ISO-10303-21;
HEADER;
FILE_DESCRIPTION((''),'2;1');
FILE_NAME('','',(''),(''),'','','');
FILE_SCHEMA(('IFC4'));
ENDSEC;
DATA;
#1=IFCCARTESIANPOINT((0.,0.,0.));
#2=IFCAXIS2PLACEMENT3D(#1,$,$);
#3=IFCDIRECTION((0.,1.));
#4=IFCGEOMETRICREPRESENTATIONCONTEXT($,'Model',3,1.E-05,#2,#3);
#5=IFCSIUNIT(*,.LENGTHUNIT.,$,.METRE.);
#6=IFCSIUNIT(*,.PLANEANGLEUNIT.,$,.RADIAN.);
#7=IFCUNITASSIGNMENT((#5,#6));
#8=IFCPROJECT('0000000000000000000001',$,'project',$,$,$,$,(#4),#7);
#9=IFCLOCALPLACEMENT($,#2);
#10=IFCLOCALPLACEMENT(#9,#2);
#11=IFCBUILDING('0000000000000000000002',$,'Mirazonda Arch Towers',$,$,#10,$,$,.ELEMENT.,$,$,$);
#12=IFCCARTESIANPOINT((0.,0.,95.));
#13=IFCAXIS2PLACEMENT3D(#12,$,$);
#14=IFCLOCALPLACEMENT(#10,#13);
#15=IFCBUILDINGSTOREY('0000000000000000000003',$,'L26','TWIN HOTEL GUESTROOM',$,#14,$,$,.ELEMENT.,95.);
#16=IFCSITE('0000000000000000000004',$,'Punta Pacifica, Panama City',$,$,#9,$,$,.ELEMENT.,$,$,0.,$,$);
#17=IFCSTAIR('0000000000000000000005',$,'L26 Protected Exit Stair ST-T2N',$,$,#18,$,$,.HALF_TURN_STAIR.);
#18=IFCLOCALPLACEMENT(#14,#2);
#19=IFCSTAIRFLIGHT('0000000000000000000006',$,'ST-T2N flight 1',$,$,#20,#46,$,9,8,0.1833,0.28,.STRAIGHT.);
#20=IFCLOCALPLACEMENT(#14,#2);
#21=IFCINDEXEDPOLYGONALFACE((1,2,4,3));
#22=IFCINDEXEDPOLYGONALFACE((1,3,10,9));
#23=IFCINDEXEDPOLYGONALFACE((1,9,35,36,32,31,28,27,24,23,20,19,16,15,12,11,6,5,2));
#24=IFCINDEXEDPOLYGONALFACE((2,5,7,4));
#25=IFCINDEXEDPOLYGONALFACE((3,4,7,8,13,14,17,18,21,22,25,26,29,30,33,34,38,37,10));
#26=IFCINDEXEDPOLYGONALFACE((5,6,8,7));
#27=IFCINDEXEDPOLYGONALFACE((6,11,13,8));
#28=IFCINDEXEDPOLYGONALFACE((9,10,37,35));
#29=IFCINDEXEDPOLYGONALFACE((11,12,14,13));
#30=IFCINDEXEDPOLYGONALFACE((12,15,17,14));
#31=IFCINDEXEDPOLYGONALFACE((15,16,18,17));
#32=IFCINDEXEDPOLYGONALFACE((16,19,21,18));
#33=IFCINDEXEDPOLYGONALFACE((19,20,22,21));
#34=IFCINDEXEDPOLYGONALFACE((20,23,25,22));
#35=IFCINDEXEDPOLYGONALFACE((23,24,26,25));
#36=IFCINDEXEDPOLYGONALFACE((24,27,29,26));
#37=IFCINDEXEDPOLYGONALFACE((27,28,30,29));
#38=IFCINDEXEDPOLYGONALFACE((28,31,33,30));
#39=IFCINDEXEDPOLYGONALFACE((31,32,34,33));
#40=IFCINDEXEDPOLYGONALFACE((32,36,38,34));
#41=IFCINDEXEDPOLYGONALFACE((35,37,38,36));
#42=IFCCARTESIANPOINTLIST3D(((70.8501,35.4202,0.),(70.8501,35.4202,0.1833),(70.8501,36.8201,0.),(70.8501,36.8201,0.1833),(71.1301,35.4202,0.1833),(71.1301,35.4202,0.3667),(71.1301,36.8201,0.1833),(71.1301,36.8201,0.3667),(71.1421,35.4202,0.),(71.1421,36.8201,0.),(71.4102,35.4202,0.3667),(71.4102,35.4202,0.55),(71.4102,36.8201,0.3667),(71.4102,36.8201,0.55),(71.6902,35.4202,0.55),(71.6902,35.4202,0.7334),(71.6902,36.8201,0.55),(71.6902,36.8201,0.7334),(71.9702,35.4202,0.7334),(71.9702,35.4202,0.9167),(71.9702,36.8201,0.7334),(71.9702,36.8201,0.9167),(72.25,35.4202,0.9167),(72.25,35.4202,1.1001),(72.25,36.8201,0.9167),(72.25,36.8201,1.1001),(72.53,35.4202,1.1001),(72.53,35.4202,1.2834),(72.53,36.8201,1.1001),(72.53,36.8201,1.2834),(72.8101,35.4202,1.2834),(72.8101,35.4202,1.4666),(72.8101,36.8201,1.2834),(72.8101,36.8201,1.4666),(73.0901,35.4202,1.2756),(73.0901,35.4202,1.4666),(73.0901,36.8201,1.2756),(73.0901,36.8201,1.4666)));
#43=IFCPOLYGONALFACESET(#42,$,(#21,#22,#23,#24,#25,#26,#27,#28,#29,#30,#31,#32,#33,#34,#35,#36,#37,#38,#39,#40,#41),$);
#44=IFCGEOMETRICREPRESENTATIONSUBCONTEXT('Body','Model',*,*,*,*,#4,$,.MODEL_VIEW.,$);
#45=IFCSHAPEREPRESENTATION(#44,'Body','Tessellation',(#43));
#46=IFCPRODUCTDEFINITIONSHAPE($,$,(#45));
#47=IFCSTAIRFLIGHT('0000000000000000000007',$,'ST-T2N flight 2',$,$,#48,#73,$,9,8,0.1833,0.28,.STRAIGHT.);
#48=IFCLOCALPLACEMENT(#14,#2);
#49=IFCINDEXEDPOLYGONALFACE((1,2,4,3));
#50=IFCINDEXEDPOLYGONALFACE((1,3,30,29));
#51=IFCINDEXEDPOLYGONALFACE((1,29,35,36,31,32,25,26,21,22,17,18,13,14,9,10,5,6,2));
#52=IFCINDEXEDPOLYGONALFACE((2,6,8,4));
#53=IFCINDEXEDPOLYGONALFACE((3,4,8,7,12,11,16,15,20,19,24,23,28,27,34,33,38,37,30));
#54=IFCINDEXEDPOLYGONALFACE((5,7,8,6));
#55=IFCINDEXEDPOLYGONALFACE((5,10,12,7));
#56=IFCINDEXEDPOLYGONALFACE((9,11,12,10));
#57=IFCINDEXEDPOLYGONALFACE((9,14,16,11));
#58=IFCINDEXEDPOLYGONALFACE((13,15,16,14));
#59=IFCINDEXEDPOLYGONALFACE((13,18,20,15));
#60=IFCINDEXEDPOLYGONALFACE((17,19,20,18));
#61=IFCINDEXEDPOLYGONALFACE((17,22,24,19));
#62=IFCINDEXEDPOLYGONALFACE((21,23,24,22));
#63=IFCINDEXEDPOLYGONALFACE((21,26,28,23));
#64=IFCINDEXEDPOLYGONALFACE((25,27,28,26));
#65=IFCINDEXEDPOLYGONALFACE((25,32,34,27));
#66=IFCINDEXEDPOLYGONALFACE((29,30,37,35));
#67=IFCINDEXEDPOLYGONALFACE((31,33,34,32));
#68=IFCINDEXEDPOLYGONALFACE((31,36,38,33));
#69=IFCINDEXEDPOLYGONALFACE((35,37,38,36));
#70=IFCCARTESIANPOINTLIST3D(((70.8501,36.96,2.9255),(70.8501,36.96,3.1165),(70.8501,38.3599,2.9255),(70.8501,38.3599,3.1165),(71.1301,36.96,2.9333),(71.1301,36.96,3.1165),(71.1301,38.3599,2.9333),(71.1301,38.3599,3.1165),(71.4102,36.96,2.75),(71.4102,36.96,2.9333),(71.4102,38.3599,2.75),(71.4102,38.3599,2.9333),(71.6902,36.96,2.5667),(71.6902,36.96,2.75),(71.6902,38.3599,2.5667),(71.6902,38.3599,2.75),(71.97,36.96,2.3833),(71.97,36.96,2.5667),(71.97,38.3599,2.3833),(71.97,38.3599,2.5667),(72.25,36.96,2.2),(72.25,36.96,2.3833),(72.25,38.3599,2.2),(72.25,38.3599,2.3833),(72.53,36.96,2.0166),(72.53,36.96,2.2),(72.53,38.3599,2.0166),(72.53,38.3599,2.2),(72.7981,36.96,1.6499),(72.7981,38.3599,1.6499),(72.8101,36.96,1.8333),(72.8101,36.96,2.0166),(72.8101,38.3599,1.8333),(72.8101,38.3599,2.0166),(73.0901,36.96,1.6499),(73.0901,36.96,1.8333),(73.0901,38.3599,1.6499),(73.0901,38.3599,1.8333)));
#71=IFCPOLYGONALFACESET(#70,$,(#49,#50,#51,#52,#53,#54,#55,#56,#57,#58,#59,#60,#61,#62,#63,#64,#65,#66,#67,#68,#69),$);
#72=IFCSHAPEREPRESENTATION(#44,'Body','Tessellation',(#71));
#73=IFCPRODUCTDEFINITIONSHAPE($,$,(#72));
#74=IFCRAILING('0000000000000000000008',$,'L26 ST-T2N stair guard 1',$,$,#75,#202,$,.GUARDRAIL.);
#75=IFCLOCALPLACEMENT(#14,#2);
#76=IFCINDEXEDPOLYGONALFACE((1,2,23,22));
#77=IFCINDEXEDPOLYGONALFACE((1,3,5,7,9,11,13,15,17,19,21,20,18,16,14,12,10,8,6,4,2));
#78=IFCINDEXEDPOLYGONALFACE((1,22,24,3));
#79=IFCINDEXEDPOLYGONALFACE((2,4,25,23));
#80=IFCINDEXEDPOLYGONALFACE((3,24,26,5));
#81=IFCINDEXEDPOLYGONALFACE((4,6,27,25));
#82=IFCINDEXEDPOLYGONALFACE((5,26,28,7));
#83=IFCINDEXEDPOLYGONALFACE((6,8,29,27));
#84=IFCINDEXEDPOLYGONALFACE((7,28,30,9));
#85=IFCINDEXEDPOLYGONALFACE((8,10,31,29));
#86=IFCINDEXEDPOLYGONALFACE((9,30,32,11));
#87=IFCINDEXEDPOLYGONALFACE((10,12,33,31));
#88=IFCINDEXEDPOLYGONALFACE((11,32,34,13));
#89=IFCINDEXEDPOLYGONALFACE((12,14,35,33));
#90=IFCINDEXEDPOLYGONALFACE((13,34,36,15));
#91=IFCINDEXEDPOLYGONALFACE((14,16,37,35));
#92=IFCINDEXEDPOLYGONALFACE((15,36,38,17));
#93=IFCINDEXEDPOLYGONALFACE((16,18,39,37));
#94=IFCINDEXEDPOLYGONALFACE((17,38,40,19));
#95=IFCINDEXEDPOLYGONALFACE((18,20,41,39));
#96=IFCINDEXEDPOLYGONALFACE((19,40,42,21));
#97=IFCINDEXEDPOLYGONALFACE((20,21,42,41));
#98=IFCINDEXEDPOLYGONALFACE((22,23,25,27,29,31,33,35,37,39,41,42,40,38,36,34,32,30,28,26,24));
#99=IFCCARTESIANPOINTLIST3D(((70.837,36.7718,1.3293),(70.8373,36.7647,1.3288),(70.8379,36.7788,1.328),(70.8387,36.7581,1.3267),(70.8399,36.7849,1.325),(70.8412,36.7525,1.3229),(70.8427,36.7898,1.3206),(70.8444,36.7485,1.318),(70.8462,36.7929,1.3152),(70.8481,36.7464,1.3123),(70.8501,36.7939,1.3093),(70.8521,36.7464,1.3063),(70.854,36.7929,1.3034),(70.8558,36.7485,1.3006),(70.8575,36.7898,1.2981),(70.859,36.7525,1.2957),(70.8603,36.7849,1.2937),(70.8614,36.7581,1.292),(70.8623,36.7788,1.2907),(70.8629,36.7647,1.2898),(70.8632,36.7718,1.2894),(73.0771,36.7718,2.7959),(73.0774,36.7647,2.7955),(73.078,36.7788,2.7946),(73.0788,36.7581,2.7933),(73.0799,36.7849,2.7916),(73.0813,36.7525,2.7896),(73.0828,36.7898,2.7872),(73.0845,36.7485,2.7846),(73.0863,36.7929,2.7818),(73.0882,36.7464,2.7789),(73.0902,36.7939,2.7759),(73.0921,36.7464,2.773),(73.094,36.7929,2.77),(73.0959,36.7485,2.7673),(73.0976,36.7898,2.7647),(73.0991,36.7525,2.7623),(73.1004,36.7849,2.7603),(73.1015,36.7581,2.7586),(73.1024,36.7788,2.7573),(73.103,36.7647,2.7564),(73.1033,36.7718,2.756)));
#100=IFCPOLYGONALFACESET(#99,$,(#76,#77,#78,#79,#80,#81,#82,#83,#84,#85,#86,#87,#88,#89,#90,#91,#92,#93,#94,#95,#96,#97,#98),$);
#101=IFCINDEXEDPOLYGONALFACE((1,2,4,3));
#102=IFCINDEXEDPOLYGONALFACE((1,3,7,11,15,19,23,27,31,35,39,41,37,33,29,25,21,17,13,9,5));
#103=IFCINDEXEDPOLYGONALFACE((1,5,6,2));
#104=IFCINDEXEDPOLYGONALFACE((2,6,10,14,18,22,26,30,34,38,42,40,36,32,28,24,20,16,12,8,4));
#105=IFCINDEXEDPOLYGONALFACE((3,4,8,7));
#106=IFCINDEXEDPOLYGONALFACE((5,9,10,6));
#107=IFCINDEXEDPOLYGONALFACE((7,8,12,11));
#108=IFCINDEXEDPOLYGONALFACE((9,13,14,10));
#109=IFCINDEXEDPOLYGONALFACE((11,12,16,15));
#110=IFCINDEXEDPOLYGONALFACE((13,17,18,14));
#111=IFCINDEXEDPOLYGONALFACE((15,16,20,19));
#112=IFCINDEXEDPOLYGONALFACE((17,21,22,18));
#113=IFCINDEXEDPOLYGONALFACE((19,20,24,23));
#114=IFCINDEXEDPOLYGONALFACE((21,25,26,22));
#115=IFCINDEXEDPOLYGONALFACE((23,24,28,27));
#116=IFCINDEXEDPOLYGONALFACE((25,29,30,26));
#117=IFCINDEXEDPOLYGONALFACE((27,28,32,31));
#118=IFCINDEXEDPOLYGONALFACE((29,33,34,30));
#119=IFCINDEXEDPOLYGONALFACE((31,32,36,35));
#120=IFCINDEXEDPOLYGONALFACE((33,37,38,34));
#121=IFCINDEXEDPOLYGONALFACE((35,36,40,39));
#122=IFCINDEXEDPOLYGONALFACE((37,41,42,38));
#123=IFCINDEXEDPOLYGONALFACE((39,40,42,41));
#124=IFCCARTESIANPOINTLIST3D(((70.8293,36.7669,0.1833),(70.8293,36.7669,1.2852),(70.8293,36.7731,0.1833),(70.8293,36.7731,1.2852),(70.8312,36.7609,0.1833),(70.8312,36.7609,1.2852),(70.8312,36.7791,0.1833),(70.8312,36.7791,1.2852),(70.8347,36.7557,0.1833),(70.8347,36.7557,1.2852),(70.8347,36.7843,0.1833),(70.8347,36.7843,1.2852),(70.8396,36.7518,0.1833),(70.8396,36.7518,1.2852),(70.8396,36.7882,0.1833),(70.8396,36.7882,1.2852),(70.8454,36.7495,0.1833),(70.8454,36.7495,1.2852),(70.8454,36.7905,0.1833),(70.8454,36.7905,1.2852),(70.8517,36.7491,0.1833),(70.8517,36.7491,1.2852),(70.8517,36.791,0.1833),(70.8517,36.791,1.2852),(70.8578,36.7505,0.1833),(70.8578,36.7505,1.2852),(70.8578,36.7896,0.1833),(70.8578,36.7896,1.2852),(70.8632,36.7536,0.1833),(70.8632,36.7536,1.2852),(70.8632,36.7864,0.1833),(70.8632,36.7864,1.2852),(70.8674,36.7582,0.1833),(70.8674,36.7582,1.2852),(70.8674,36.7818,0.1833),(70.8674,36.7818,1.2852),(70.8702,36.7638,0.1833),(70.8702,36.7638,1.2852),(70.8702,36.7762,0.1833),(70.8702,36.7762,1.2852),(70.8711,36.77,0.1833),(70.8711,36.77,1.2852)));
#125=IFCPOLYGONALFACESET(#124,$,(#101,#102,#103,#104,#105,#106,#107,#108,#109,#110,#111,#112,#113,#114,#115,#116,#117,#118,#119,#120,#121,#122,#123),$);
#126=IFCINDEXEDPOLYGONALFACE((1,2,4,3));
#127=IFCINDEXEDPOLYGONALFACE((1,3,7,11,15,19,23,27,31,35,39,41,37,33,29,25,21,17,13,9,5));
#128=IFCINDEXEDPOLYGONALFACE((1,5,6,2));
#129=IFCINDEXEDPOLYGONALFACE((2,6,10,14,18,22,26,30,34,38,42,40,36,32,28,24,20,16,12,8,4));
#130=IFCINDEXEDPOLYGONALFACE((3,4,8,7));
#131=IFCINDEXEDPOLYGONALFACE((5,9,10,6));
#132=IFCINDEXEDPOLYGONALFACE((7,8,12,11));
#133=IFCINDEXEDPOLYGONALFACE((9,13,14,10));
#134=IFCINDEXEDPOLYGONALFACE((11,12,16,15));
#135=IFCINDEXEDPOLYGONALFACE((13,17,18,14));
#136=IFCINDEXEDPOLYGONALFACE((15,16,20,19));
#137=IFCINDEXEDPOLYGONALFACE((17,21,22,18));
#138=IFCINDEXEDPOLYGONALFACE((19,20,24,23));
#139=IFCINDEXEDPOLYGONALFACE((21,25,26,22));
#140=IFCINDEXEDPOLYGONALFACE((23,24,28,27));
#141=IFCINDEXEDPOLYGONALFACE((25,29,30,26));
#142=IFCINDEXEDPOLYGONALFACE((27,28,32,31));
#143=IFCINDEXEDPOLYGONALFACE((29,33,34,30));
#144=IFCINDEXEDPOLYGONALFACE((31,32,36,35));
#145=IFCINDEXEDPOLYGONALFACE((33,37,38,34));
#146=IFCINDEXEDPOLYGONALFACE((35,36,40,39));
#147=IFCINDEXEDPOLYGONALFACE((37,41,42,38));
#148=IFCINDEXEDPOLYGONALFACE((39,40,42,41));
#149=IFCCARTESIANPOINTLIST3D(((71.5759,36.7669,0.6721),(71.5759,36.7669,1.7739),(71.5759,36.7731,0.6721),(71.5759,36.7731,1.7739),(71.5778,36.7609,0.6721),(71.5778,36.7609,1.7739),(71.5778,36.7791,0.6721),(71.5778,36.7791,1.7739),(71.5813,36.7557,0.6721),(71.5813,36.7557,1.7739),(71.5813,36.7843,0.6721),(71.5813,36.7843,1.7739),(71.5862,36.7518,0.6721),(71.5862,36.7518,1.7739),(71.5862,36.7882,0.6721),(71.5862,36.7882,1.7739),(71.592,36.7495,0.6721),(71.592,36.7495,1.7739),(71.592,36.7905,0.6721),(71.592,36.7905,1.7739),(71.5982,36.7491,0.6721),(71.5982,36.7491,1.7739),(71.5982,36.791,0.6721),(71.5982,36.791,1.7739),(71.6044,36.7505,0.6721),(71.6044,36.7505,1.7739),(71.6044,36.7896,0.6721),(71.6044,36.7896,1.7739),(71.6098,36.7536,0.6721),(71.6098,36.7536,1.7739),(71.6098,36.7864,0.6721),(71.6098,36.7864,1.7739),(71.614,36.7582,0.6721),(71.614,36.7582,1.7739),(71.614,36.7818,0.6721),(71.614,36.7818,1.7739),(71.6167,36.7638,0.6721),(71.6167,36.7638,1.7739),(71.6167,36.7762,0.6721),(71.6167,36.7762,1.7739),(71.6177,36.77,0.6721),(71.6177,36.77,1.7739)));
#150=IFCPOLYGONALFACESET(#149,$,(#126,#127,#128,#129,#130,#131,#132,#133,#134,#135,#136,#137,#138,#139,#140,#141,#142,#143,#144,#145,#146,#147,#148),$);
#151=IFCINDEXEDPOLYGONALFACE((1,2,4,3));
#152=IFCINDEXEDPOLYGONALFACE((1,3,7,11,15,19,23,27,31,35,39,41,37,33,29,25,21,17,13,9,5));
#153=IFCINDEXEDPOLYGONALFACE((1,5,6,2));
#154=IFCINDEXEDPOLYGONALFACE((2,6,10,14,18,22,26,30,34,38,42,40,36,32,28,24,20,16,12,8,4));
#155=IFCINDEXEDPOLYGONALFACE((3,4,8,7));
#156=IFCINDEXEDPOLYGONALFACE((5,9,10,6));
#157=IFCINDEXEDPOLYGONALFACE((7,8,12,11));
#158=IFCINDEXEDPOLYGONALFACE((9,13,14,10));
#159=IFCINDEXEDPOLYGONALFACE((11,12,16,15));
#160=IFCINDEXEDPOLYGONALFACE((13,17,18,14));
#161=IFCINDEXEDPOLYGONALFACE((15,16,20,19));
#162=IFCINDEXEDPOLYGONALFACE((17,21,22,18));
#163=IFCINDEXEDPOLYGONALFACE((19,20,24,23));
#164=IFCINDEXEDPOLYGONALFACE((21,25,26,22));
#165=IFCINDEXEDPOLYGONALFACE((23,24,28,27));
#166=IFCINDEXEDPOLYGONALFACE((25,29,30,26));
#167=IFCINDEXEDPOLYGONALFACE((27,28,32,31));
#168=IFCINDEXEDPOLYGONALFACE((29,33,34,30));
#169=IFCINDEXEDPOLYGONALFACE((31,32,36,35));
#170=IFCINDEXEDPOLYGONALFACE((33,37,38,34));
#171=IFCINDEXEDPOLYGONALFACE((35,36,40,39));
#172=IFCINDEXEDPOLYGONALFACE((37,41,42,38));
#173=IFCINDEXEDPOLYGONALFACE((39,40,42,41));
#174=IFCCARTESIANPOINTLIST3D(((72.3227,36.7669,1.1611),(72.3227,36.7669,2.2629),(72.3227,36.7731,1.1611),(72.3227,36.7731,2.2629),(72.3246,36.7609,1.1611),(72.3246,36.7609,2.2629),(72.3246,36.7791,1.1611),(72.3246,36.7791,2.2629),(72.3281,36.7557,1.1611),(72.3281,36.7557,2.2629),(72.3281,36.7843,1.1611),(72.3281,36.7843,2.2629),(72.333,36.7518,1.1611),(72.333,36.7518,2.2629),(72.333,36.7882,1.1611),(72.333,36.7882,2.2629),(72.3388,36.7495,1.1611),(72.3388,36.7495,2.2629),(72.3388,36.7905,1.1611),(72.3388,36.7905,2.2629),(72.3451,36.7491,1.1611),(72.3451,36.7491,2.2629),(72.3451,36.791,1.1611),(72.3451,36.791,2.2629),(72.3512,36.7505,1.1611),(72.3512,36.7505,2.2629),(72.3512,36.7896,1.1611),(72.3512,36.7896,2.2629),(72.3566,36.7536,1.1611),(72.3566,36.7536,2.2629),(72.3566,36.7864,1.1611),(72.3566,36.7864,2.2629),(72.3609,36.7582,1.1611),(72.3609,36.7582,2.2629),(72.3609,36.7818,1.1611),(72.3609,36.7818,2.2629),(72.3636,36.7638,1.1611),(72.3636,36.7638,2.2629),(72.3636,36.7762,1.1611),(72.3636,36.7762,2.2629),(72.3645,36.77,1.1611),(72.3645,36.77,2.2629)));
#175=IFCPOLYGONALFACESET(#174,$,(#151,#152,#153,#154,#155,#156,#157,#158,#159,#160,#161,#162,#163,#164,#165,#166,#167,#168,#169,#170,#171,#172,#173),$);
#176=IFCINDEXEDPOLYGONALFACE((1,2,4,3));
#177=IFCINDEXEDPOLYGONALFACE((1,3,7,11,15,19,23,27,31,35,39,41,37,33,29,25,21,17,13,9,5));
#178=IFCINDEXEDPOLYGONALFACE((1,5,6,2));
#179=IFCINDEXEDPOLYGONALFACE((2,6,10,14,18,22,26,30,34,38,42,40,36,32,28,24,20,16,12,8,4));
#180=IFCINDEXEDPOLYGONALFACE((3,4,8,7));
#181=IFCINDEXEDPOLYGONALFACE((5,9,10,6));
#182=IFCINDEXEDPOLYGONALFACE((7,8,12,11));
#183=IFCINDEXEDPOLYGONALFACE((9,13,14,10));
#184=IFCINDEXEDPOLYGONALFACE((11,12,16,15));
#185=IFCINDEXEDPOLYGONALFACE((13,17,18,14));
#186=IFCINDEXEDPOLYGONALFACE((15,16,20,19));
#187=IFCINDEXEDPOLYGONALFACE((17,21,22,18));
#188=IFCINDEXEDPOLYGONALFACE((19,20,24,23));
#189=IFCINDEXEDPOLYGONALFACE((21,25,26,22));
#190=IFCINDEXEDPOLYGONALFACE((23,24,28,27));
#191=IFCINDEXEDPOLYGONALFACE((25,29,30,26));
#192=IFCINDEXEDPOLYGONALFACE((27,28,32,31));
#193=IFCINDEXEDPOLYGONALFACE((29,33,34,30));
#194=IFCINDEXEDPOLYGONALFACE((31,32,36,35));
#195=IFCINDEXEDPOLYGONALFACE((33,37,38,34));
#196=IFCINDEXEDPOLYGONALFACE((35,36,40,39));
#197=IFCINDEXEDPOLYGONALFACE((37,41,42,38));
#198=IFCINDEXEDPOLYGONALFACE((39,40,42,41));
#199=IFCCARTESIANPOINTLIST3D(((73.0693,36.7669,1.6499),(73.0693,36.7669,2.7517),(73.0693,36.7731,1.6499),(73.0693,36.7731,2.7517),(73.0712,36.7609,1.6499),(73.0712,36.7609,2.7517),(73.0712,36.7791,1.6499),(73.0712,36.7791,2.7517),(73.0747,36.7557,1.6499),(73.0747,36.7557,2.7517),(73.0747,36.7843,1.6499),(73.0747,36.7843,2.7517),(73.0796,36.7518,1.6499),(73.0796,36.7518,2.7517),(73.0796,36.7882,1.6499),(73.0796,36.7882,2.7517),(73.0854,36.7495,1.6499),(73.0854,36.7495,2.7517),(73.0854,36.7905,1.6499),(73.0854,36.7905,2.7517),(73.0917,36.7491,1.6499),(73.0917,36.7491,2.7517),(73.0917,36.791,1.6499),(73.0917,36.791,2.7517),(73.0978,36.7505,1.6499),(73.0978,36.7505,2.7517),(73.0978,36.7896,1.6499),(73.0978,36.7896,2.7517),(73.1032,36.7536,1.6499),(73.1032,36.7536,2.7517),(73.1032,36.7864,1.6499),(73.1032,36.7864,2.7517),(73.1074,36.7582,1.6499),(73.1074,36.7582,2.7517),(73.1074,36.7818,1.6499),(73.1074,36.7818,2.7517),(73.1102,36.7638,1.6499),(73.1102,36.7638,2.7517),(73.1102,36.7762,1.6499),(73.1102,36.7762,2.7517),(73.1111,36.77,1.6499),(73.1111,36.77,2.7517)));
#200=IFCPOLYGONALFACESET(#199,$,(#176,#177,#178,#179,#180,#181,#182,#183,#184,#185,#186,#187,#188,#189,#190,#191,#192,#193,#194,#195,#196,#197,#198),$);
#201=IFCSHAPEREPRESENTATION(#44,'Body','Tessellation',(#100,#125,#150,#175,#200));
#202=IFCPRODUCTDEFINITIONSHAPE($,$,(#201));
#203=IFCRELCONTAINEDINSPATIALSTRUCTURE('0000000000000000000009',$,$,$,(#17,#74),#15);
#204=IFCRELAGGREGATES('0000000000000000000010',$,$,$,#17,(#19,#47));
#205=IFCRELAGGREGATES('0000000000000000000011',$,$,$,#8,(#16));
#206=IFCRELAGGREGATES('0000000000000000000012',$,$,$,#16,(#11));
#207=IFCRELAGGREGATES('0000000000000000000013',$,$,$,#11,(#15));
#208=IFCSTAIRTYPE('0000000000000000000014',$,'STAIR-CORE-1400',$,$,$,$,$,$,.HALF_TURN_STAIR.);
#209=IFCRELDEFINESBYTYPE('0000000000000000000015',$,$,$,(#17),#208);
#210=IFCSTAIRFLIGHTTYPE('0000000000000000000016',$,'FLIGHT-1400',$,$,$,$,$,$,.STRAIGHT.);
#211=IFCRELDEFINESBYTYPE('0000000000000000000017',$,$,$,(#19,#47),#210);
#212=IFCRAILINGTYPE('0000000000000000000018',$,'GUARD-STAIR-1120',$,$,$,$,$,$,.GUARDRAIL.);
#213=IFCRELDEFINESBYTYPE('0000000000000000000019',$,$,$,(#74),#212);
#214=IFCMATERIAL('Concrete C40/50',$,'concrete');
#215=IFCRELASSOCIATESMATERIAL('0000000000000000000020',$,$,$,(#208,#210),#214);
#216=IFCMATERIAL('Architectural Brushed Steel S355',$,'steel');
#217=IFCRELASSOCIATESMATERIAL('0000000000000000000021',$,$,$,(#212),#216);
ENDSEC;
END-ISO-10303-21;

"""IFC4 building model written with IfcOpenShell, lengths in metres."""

from ifc_helpers import new_model, si_unit, direction, frame, origin, origin_2d, place, context, subcontext, project, spatial, polyline, circle, outline, extrude, material, type_object, element, aggregate, save


model = new_model("IFC4")

# Units and contexts
model_context = context("Model", 3, precision=1e-05, world=origin(), true_north=direction((0.0, 1.0)))
body_context = subcontext(model_context, "Body", "Model", "MODEL_VIEW")
ifc_project = project(units=[si_unit("LENGTHUNIT", "METRE"), si_unit("PLANEANGLEUNIT", "RADIAN")], contexts=[model_context])

# Site, building, storey
site_placement = place(None, origin())
site = spatial("IfcSite", under=ifc_project, at=site_placement, Name="Punta Pacifica, Panama City", CompositionType="ELEMENT", RefElevation=0.0)
building_placement = place(site_placement, origin())
building = spatial("IfcBuilding", under=site, at=building_placement, Name="Mirazonda Arch Towers", CompositionType="ELEMENT")
storey_placement = place(building_placement, frame((0.0, 0.0, 95.0)))
storey = spatial("IfcBuildingStorey", under=building, at=storey_placement, Name="L26", Description="TWIN HOTEL GUESTROOM", CompositionType="ELEMENT", Elevation=95.0)

# Shared definitions
ifc_material_1 = material(Name="Concrete C40/50", Category="concrete")

# Stair, stair flights
stair_type = type_object("IfcStairType", Name="STAIR-CORE-1400", PredefinedType="HALF_TURN_STAIR", material=ifc_material_1)
stair_placement = place(storey_placement, origin())
stair = element("IfcStair", 1, at=stair_placement, inside=storey, type_object=stair_type, Name="L26 Protected Exit Stair ST-T2N", PredefinedType="HALF_TURN_STAIR")
stair_flight_type = type_object("IfcStairFlightType", Name="FLIGHT-1400", PredefinedType="STRAIGHT", material=ifc_material_1)
stair_flight_1_placement = place(storey_placement, frame((70.8501, 36.1201, 0.0), z_axis=(0.0, 0.0, 1.0), x_axis=(1.0, 0.0, 0.0)))
stair_flight_1 = element("IfcStairFlight", 2, at=stair_flight_1_placement, type_object=stair_flight_type, Name="ST-T2N flight 1", NumberOfRisers=9, NumberOfTreads=8, PredefinedType="STRAIGHT", RiserHeight=0.1833, TreadLength=0.28, context=body_context, shape_type="SweptSolid", body=[
    extrude(outline(polyline([(0.0, 0.0), (0.0, 0.1833), (0.28, 0.1833), (0.28, 0.3667), (0.5601, 0.3667), (0.5601, 0.55), (0.8401, 0.55), (0.8401, 0.7334), (1.1201, 0.7334), (1.1201, 0.9167), (1.3999, 0.9167), (1.3999, 1.1001), (1.6799, 1.1001), (1.6799, 1.2834), (1.96, 1.2834), (1.96, 1.4666), (2.24, 1.4666), (2.24, 1.6499), (2.24, 1.2756), (0.292, 0.0), (0.0, 0.0)])), frame((0.0, 0.7, 0.0), z_axis=(0.0, -1.0, 0.0), x_axis=(1.0, 0.0, 0.0)), (0.0, 0.0, 1.0), 1.3999),
])
stair_flight_2_placement = place(storey_placement, frame((73.0901, 37.6599, 1.6499), z_axis=(0.0, 0.0, 1.0), x_axis=(-1.0, 0.0, 0.0)))
stair_flight_2 = element("IfcStairFlight", 3, at=stair_flight_2_placement, type_object=stair_flight_type, Name="ST-T2N flight 2", NumberOfRisers=9, NumberOfTreads=8, PredefinedType="STRAIGHT", RiserHeight=0.1833, TreadLength=0.28, context=body_context, shape_type="SweptSolid", body=[
    extrude(outline(polyline([(0.0, 0.0), (0.0, 0.1833), (0.28, 0.1833), (0.28, 0.3667), (0.5601, 0.3667), (0.5601, 0.55), (0.8401, 0.55), (0.8401, 0.7334), (1.1201, 0.7334), (1.1201, 0.9167), (1.3999, 0.9167), (1.3999, 1.1001), (1.6799, 1.1001), (1.6799, 1.2834), (1.96, 1.2834), (1.96, 1.4666), (2.24, 1.4666), (2.24, 1.6499), (2.24, 1.2756), (0.292, 0.0), (0.0, 0.0)])), frame((0.0, 0.7, 0.0), z_axis=(0.0, -1.0, 0.0), x_axis=(1.0, 0.0, 0.0)), (0.0, 0.0, 1.0), 1.3999),
])
aggregate(stair, [stair_flight_1, stair_flight_2])

# Railing
ifc_material_2 = material(Name="Architectural Brushed Steel S355", Category="steel")
railing_type_1 = type_object("IfcRailingType", Name="GUARD-STAIR-1120", PredefinedType="GUARDRAIL", material=ifc_material_2)
railing_1_placement = place(storey_placement, frame((70.8501, 36.77, 0.1833)))
element("IfcRailing", 4, at=railing_1_placement, inside=storey, type_object=railing_type_1, Name="L26 ST-T2N stair guard 1", PredefinedType="GUARDRAIL", context=body_context, shape_type="SweptSolid", body=[
    extrude(circle(Radius=0.0239, at=origin_2d()), frame((0.0, 0.0, 1.126), z_axis=(0.836637, 0.0, 0.547758), x_axis=(0.0, 1.0, 0.0)), (0.0, 0.0, 1.0), 2.6775),
    extrude(circle(Radius=0.021, at=origin_2d()), origin(), (0.0, 0.0, 1.0), 1.1018),
    extrude(circle(Radius=0.021, at=origin_2d()), frame((0.7466, 0.0, 0.4888)), (0.0, 0.0, 1.0), 1.1018),
    extrude(circle(Radius=0.021, at=origin_2d()), frame((1.4934, 0.0, 0.9778)), (0.0, 0.0, 1.0), 1.1018),
    extrude(circle(Radius=0.021, at=origin_2d()), frame((2.24, 0.0, 1.4666)), (0.0, 0.0, 1.0), 1.1018),
])

save(model, "model.ifc")
